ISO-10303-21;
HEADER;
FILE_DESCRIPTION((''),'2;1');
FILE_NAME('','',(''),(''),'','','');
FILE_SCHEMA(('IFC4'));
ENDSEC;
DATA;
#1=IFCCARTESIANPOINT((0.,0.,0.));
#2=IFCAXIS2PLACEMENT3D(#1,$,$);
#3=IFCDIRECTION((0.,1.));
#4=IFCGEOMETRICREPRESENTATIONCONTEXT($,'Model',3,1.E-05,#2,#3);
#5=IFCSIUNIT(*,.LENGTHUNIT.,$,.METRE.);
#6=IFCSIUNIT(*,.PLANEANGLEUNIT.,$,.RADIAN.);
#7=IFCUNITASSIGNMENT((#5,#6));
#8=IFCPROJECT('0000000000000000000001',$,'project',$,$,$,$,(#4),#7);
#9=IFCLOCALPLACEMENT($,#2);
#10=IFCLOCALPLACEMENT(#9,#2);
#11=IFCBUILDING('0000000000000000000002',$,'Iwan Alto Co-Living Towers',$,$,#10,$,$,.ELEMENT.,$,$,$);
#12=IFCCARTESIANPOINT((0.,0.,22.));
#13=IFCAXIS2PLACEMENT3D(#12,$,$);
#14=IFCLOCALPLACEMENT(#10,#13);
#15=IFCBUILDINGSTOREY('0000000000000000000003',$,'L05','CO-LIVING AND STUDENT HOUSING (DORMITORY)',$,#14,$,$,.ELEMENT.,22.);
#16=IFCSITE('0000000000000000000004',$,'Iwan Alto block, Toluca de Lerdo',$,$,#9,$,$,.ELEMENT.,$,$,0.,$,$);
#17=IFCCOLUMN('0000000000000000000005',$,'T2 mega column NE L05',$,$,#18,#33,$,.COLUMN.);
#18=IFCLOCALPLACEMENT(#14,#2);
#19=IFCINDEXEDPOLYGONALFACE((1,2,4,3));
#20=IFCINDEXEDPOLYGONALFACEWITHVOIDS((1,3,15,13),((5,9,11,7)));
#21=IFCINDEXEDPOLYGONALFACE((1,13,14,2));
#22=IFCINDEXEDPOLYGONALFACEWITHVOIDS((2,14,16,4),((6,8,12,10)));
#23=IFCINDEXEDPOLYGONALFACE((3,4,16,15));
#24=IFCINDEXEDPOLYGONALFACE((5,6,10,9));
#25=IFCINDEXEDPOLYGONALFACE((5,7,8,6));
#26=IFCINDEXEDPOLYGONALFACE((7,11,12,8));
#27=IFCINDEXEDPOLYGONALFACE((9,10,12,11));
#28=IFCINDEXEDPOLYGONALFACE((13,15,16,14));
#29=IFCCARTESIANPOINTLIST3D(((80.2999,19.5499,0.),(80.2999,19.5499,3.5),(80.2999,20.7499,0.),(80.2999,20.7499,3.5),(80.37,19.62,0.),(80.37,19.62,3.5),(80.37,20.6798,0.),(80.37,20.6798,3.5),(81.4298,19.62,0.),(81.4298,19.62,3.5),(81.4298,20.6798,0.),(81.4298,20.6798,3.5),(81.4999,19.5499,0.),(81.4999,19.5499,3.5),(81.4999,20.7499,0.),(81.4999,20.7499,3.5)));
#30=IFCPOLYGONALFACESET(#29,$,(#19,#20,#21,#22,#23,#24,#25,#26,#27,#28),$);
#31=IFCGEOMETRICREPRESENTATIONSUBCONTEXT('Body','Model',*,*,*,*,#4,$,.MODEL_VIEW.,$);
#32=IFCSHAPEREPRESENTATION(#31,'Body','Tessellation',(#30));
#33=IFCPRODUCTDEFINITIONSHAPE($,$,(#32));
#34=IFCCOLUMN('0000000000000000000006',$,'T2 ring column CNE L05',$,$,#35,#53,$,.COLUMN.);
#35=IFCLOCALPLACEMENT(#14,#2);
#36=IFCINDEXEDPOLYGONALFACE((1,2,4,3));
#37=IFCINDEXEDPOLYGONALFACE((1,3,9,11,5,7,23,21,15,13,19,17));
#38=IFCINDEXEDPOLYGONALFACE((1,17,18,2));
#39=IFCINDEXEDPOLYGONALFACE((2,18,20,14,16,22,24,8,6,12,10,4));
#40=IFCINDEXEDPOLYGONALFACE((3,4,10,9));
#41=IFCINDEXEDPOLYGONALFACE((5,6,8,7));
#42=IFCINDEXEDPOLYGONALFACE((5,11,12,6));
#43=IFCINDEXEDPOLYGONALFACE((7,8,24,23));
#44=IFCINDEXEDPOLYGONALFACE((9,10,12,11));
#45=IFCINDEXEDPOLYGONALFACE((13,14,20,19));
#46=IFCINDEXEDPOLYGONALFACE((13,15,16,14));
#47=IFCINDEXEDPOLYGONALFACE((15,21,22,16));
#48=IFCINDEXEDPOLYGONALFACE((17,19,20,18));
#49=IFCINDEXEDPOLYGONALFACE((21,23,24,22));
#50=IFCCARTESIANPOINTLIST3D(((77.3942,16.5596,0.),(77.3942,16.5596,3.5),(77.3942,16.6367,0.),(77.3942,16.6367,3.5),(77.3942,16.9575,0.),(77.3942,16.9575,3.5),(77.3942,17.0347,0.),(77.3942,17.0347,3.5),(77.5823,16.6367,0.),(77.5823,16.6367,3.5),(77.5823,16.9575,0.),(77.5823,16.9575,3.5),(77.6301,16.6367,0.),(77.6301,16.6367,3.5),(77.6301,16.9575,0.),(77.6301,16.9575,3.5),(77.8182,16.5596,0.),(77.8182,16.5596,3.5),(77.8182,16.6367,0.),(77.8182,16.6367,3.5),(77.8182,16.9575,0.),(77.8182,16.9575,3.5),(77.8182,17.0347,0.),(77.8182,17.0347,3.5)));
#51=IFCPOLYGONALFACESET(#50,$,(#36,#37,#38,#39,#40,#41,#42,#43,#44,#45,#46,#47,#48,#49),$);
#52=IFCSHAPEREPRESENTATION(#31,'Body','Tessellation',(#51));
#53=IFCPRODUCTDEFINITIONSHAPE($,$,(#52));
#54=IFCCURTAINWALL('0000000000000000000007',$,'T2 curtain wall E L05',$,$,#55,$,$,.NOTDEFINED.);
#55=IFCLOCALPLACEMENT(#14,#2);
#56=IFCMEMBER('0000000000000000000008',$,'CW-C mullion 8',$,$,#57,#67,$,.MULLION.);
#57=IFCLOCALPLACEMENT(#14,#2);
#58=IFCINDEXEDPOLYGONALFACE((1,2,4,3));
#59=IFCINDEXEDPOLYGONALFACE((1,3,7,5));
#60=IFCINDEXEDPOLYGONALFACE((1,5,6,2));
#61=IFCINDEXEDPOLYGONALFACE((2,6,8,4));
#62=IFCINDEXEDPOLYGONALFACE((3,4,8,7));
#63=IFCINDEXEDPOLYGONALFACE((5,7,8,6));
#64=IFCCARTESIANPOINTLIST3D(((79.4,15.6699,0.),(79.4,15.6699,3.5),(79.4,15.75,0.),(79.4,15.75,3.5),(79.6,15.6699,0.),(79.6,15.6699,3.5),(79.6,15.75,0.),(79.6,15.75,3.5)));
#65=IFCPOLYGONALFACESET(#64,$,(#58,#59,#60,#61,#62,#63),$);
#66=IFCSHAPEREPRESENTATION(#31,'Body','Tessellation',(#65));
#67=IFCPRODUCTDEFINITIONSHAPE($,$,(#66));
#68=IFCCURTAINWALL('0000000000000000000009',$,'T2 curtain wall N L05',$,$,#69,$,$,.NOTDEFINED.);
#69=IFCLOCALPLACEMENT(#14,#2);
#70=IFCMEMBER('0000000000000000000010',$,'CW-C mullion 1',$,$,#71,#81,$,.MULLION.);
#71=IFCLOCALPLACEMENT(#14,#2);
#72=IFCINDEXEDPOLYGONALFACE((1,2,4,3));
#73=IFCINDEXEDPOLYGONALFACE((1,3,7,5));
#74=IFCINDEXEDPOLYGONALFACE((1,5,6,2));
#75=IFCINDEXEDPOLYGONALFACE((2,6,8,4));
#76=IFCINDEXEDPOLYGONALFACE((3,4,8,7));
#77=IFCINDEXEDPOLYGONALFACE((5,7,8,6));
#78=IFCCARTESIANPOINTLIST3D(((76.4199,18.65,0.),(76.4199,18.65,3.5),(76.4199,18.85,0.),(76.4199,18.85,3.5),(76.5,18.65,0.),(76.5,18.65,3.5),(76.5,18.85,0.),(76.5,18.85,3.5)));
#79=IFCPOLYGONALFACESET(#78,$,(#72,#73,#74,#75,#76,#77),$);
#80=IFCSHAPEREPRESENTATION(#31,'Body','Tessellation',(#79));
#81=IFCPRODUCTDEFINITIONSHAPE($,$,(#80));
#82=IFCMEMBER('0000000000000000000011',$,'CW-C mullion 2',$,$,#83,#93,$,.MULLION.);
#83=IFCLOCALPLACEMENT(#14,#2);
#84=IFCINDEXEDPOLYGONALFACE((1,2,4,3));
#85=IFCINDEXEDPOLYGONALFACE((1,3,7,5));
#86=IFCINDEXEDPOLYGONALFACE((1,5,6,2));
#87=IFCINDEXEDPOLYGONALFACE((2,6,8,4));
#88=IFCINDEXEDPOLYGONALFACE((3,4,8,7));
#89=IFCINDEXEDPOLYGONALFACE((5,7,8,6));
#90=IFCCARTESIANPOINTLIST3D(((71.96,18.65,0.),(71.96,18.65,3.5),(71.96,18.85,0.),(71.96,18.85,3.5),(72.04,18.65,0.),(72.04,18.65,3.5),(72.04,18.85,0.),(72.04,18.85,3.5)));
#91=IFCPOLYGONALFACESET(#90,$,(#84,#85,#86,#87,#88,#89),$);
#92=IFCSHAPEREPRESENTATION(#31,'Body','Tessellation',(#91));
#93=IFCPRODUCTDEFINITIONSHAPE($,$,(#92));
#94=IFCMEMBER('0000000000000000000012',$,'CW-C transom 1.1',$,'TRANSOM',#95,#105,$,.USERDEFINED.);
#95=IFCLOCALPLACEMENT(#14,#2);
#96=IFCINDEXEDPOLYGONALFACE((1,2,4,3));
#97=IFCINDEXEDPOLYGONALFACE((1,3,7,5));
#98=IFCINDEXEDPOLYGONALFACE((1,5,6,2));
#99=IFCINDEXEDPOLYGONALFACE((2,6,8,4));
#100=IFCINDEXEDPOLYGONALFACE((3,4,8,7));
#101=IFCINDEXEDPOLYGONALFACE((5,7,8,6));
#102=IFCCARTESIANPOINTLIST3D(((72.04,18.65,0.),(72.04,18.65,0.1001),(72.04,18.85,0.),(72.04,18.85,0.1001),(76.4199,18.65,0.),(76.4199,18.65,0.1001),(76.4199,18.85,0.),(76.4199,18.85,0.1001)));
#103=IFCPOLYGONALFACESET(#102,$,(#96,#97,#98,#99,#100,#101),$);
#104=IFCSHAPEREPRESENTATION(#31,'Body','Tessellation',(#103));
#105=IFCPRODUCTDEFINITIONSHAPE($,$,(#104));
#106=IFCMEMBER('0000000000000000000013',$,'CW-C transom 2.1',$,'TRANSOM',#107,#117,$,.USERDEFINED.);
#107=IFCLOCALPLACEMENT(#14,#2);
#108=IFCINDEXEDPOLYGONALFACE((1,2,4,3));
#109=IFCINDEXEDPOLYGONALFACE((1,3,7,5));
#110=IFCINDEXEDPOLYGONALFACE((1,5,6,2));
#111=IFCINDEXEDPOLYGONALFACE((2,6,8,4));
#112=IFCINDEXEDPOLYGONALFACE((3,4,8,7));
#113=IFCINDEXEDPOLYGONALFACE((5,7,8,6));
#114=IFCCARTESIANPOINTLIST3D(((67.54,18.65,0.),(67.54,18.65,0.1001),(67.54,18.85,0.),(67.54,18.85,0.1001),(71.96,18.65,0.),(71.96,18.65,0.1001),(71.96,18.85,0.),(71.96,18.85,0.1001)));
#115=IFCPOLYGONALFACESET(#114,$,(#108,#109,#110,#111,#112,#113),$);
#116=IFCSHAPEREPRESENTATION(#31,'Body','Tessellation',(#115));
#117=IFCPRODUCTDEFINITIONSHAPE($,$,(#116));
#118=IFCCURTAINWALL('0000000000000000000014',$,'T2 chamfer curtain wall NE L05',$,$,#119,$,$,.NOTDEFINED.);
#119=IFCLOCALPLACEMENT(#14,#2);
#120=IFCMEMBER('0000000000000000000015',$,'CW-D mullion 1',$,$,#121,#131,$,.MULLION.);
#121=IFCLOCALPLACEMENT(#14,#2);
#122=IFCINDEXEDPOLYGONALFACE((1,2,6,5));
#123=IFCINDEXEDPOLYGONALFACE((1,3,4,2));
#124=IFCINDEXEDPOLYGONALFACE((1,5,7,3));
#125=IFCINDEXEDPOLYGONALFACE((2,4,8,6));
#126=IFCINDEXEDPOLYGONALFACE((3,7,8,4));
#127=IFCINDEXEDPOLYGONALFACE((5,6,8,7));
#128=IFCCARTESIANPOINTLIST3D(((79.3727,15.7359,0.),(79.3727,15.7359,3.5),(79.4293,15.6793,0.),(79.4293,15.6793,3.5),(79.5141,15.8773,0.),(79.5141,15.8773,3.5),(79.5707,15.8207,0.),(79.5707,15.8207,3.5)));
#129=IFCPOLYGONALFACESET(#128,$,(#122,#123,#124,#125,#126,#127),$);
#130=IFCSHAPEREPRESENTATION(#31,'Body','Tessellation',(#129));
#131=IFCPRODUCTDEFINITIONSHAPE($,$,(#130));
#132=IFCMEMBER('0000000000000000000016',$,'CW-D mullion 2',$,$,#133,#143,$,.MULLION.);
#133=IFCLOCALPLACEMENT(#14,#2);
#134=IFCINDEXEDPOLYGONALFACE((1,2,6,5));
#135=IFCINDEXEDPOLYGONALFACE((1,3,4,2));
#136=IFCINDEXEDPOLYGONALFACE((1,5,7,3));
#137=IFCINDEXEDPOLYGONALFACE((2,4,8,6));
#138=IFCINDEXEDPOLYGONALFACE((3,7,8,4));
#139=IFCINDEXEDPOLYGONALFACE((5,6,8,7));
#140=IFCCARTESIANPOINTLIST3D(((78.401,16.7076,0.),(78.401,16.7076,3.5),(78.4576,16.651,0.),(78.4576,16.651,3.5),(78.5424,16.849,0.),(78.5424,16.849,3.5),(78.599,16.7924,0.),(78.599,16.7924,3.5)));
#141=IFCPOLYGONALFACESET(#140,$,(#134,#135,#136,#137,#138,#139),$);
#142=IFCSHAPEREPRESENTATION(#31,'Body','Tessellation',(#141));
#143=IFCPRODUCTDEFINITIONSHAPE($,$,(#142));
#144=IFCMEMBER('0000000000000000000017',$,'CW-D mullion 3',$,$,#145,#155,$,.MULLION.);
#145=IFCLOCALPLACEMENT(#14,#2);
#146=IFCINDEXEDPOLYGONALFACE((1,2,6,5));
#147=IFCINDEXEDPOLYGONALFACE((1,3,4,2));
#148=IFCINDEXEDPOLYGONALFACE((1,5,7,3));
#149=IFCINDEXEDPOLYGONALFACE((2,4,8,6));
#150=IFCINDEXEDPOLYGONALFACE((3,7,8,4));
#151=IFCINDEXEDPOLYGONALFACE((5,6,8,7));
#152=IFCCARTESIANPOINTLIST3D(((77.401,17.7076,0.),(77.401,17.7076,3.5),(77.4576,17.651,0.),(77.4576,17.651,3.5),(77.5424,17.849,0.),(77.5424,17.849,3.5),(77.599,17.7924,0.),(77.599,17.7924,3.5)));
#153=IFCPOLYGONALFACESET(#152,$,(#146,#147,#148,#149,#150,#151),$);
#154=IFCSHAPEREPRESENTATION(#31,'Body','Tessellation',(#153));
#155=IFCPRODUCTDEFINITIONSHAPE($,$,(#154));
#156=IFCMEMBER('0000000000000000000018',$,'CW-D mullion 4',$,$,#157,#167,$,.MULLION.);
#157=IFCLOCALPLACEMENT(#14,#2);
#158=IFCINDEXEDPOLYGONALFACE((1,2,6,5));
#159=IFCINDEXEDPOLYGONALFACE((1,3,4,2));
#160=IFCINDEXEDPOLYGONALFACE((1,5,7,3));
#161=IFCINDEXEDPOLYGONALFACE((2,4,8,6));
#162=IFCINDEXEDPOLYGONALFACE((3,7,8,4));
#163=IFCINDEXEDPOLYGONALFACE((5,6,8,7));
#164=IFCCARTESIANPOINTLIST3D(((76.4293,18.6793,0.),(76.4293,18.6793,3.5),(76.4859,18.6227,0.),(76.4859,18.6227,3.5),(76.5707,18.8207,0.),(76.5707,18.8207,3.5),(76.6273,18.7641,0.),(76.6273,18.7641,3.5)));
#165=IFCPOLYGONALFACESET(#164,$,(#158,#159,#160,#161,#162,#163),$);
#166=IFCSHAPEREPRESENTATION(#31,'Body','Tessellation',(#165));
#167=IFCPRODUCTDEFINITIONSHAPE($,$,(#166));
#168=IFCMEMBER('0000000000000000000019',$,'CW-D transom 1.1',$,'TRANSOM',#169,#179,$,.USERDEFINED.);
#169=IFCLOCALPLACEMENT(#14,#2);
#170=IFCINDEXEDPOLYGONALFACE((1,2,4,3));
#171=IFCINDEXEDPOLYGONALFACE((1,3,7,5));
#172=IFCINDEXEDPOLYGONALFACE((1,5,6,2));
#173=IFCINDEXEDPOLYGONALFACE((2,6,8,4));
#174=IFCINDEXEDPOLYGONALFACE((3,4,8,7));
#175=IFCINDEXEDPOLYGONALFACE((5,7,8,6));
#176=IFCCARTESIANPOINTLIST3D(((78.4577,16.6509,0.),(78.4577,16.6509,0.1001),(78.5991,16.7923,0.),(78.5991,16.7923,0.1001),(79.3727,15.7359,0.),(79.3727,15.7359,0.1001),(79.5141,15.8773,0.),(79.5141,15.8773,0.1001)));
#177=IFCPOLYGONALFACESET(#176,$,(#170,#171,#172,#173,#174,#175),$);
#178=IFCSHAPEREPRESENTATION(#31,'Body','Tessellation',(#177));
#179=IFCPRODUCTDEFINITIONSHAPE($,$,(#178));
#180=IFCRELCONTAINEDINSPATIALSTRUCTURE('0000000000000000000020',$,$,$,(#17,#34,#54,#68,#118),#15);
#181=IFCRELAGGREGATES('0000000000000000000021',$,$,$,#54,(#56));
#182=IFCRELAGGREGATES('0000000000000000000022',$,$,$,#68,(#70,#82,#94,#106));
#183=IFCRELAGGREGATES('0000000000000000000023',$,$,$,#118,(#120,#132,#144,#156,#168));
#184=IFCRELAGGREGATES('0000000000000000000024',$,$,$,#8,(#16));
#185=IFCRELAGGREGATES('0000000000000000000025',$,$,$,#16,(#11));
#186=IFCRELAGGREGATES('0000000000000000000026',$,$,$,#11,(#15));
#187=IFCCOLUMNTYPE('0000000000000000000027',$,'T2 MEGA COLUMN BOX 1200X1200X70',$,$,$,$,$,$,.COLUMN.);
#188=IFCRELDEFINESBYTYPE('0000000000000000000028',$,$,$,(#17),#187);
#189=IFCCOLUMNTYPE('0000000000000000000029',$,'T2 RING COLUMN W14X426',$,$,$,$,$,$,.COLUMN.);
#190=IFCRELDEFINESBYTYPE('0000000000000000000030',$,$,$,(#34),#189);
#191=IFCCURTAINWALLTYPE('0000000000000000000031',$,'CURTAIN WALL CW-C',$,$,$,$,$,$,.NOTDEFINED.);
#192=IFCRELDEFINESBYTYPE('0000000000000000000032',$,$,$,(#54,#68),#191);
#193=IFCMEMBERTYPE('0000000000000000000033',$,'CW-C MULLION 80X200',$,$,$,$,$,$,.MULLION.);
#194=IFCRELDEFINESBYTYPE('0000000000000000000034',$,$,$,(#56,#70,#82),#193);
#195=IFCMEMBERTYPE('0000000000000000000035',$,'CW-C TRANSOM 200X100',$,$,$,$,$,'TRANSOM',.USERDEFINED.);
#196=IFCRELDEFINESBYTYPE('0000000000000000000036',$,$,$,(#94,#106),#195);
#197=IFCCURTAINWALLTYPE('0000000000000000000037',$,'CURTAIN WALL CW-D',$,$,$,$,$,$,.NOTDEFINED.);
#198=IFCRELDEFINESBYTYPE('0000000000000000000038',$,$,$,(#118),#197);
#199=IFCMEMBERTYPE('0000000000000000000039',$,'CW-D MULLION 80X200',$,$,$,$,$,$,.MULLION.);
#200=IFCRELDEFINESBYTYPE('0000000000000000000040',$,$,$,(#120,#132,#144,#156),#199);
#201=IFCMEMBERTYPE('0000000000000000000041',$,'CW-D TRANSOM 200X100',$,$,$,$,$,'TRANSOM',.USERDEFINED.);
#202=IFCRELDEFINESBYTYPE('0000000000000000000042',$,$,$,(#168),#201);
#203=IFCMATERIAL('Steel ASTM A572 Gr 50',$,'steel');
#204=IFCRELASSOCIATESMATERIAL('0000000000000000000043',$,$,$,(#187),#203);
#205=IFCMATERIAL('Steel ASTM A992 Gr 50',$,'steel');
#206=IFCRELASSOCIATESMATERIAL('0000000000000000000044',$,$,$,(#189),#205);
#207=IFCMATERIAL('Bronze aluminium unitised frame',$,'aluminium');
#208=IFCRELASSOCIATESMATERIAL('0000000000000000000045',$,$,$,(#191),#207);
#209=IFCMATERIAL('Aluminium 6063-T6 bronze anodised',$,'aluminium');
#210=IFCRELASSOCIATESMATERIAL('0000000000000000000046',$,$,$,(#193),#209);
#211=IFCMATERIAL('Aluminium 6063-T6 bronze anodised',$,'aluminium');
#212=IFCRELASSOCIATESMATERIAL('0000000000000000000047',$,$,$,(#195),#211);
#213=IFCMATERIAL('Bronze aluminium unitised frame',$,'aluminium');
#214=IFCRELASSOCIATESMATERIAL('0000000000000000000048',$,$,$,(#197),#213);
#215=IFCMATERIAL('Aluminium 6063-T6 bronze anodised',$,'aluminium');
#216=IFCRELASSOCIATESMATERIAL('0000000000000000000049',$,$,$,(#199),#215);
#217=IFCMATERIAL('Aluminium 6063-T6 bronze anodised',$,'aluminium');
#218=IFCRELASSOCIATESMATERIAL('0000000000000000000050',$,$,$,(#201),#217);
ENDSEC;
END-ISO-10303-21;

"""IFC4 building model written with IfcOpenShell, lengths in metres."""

from ifc_helpers import new_model, si_unit, direction, frame, origin, origin_2d, place, context, subcontext, project, spatial, rectangle, hollow_rectangle, i_section, extrude, material, material_profile, profile_set, type_object, element, aggregate, save


model = new_model("IFC4")

# Units and contexts
model_context = context("Model", 3, precision=1e-05, world=origin(), true_north=direction((0.0, 1.0)))
body_context = subcontext(model_context, "Body", "Model", "MODEL_VIEW")
ifc_project = project(units=[si_unit("LENGTHUNIT", "METRE"), si_unit("PLANEANGLEUNIT", "RADIAN")], contexts=[model_context])

# Site, building, storey
site_placement = place(None, origin())
site = spatial("IfcSite", under=ifc_project, at=site_placement, Name="Iwan Alto block, Toluca de Lerdo", CompositionType="ELEMENT", RefElevation=0.0)
building_placement = place(site_placement, origin())
building = spatial("IfcBuilding", under=site, at=building_placement, Name="Iwan Alto Co-Living Towers", CompositionType="ELEMENT")
storey_placement = place(building_placement, frame((0.0, 0.0, 22.0)))
storey = spatial("IfcBuildingStorey", under=building, at=storey_placement, Name="L05", Description="CO-LIVING AND STUDENT HOUSING (DORMITORY)", CompositionType="ELEMENT", Elevation=22.0)

# Columns
ifc_material_1 = material(Name="Steel ASTM A572 Gr 50", Category="steel")
ifc_material_profile_1 = material_profile(ifc_material_1, hollow_rectangle(XDim=1.2, YDim=1.2, WallThickness=0.0701, at=origin_2d()), Name="BOX 1200X1200X70")
ifc_profile_set_1 = profile_set([ifc_material_profile_1], Name="Steel ASTM A572 Gr 50")
column_type_1 = type_object("IfcColumnType", Name="T2 MEGA COLUMN BOX 1200X1200X70", PredefinedType="COLUMN", material=ifc_profile_set_1)
column_1_placement = place(storey_placement, frame((80.8999, 20.1499, 0.0), z_axis=(0.0, 0.0, 1.0), x_axis=(1.0, 0.0, 0.0)))
element("IfcColumn", 1, at=column_1_placement, inside=storey, type_object=column_type_1, Name="T2 mega column NE L05", PredefinedType="COLUMN", context=body_context, shape_type="SweptSolid", body=[
    extrude(hollow_rectangle(XDim=1.2, YDim=1.2, WallThickness=0.0701, at=origin_2d()), origin(), (0.0, 0.0, 1.0), 3.5),
])
ifc_material_2 = material(Name="Steel ASTM A992 Gr 50", Category="steel")
ifc_material_profile_2 = material_profile(ifc_material_2, i_section(OverallWidth=0.4241, OverallDepth=0.4751, WebThickness=0.0479, FlangeThickness=0.0771, at=origin_2d()), Name="W14X426")
ifc_profile_set_2 = profile_set([ifc_material_profile_2], Name="Steel ASTM A992 Gr 50")
column_type_2 = type_object("IfcColumnType", Name="T2 RING COLUMN W14X426", PredefinedType="COLUMN", material=ifc_profile_set_2)
column_2_placement = place(storey_placement, frame((77.6062, 16.7971, 0.0), z_axis=(0.0, 0.0, 1.0), x_axis=(1.0, 0.0, 0.0)))
element("IfcColumn", 2, at=column_2_placement, inside=storey, type_object=column_type_2, Name="T2 ring column CNE L05", PredefinedType="COLUMN", context=body_context, shape_type="SweptSolid", body=[
    extrude(i_section(OverallWidth=0.4241, OverallDepth=0.4751, WebThickness=0.0479, FlangeThickness=0.0771, at=origin_2d()), origin(), (0.0, 0.0, 1.0), 3.5),
])

# Curtain wall, member
ifc_material_3 = material(Name="Bronze aluminium unitised frame", Category="aluminium")
curtain_wall_type_1 = type_object("IfcCurtainWallType", Name="CURTAIN WALL CW-C", PredefinedType="NOTDEFINED", material=ifc_material_3)
curtain_wall_1_placement = place(storey_placement, origin())
curtain_wall_1 = element("IfcCurtainWall", 3, at=curtain_wall_1_placement, inside=storey, type_object=curtain_wall_type_1, Name="T2 curtain wall E L05", PredefinedType="NOTDEFINED")
ifc_material_4 = material(Name="Aluminium 6063-T6 bronze anodised", Category="aluminium")
ifc_material_profile_3 = material_profile(ifc_material_4, rectangle(XDim=0.2, YDim=0.0801, at=origin_2d()), Name="AL 80X200")
ifc_profile_set_3 = profile_set([ifc_material_profile_3], Name="Aluminium 6063-T6 bronze anodised")
member_type_1 = type_object("IfcMemberType", Name="CW-C MULLION 80X200", PredefinedType="MULLION", material=ifc_profile_set_3)
member_1_placement = place(storey_placement, frame((79.5, 15.71, 0.0), z_axis=(0.0, 0.0, 1.0), x_axis=(-1.0, 0.0, 0.0)))
member_1 = element("IfcMember", 4, at=member_1_placement, type_object=member_type_1, Name="CW-C mullion 8", PredefinedType="MULLION", context=body_context, shape_type="SweptSolid", body=[
    extrude(rectangle(XDim=0.2, YDim=0.0801, at=origin_2d()), origin(), (0.0, 0.0, 1.0), 3.5),
])
aggregate(curtain_wall_1, [member_1])

# Curtain walls, members
curtain_wall_2_placement = place(storey_placement, origin())
curtain_wall_2 = element("IfcCurtainWall", 5, at=curtain_wall_2_placement, inside=storey, type_object=curtain_wall_type_1, Name="T2 curtain wall N L05", PredefinedType="NOTDEFINED")
member_2_placement = place(storey_placement, frame((76.46, 18.75, 0.0), z_axis=(0.0, 0.0, 1.0), x_axis=(0.0, -1.0, 0.0)))
member_2 = element("IfcMember", 6, at=member_2_placement, type_object=member_type_1, Name="CW-C mullion 1", PredefinedType="MULLION", context=body_context, shape_type="SweptSolid", body=[
    extrude(rectangle(XDim=0.2, YDim=0.0801, at=origin_2d()), origin(), (0.0, 0.0, 1.0), 3.5),
])
member_3_placement = place(storey_placement, frame((72.0, 18.75, 0.0), z_axis=(0.0, 0.0, 1.0), x_axis=(0.0, -1.0, 0.0)))
member_3 = element("IfcMember", 7, at=member_3_placement, type_object=member_type_1, Name="CW-C mullion 2", PredefinedType="MULLION", context=body_context, shape_type="SweptSolid", body=[
    extrude(rectangle(XDim=0.2, YDim=0.0801, at=origin_2d()), origin(), (0.0, 0.0, 1.0), 3.5),
])
ifc_material_5 = material(Name="Aluminium 6063-T6 bronze anodised", Category="aluminium")
ifc_material_profile_4 = material_profile(ifc_material_5, rectangle(XDim=0.2, YDim=0.1001, at=origin_2d()), Name="AL 200X100")
ifc_profile_set_4 = profile_set([ifc_material_profile_4], Name="Aluminium 6063-T6 bronze anodised")
member_type_2 = type_object("IfcMemberType", Name="CW-C TRANSOM 200X100", ElementType="TRANSOM", PredefinedType="USERDEFINED", material=ifc_profile_set_4)
member_4_placement = place(storey_placement, frame((76.4199, 18.75, 0.05), z_axis=(-1.0, 0.0, 0.0), x_axis=(0.0, -1.0, 0.0)))
member_4 = element("IfcMember", 8, at=member_4_placement, type_object=member_type_2, Name="CW-C transom 1.1", ObjectType="TRANSOM", PredefinedType="USERDEFINED", context=body_context, shape_type="SweptSolid", body=[
    extrude(rectangle(XDim=0.2, YDim=0.1001, at=origin_2d()), origin(), (0.0, 0.0, 1.0), 4.3799),
])
member_5_placement = place(storey_placement, frame((71.96, 18.75, 0.05), z_axis=(-1.0, 0.0, 0.0), x_axis=(0.0, -1.0, 0.0)))
member_5 = element("IfcMember", 9, at=member_5_placement, type_object=member_type_2, Name="CW-C transom 2.1", ObjectType="TRANSOM", PredefinedType="USERDEFINED", context=body_context, shape_type="SweptSolid", body=[
    extrude(rectangle(XDim=0.2, YDim=0.1001, at=origin_2d()), origin(), (0.0, 0.0, 1.0), 4.4199),
])
ifc_material_6 = material(Name="Bronze aluminium unitised frame", Category="aluminium")
curtain_wall_type_2 = type_object("IfcCurtainWallType", Name="CURTAIN WALL CW-D", PredefinedType="NOTDEFINED", material=ifc_material_6)
curtain_wall_3_placement = place(storey_placement, origin())
curtain_wall_3 = element("IfcCurtainWall", 10, at=curtain_wall_3_placement, inside=storey, type_object=curtain_wall_type_2, Name="T2 chamfer curtain wall NE L05", PredefinedType="NOTDEFINED")
ifc_material_7 = material(Name="Aluminium 6063-T6 bronze anodised", Category="aluminium")
ifc_material_profile_5 = material_profile(ifc_material_7, rectangle(XDim=0.2, YDim=0.0801, at=origin_2d()), Name="AL 80X200")
ifc_profile_set_5 = profile_set([ifc_material_profile_5], Name="Aluminium 6063-T6 bronze anodised")
member_type_3 = type_object("IfcMemberType", Name="CW-D MULLION 80X200", PredefinedType="MULLION", material=ifc_profile_set_5)
member_6_placement = place(storey_placement, frame((79.4717, 15.7783, 0.0), z_axis=(0.0, 0.0, 1.0), x_axis=(-0.707107, -0.707107, 0.0)))
member_6 = element("IfcMember", 11, at=member_6_placement, type_object=member_type_3, Name="CW-D mullion 1", PredefinedType="MULLION", context=body_context, shape_type="SweptSolid", body=[
    extrude(rectangle(XDim=0.2, YDim=0.0801, at=origin_2d()), origin(), (0.0, 0.0, 1.0), 3.5),
])
member_7_placement = place(storey_placement, frame((78.5, 16.75, 0.0), z_axis=(0.0, 0.0, 1.0), x_axis=(-0.707107, -0.707107, 0.0)))
member_7 = element("IfcMember", 12, at=member_7_placement, type_object=member_type_3, Name="CW-D mullion 2", PredefinedType="MULLION", context=body_context, shape_type="SweptSolid", body=[
    extrude(rectangle(XDim=0.2, YDim=0.0801, at=origin_2d()), origin(), (0.0, 0.0, 1.0), 3.5),
])
member_8_placement = place(storey_placement, frame((77.5, 17.75, 0.0), z_axis=(0.0, 0.0, 1.0), x_axis=(-0.707107, -0.707107, 0.0)))
member_8 = element("IfcMember", 13, at=member_8_placement, type_object=member_type_3, Name="CW-D mullion 3", PredefinedType="MULLION", context=body_context, shape_type="SweptSolid", body=[
    extrude(rectangle(XDim=0.2, YDim=0.0801, at=origin_2d()), origin(), (0.0, 0.0, 1.0), 3.5),
])
member_9_placement = place(storey_placement, frame((76.5283, 18.7217, 0.0), z_axis=(0.0, 0.0, 1.0), x_axis=(-0.707107, -0.707107, 0.0)))
member_9 = element("IfcMember", 14, at=member_9_placement, type_object=member_type_3, Name="CW-D mullion 4", PredefinedType="MULLION", context=body_context, shape_type="SweptSolid", body=[
    extrude(rectangle(XDim=0.2, YDim=0.0801, at=origin_2d()), origin(), (0.0, 0.0, 1.0), 3.5),
])
ifc_material_8 = material(Name="Aluminium 6063-T6 bronze anodised", Category="aluminium")
ifc_material_profile_6 = material_profile(ifc_material_8, rectangle(XDim=0.2, YDim=0.1001, at=origin_2d()), Name="AL 200X100")
ifc_profile_set_6 = profile_set([ifc_material_profile_6], Name="Aluminium 6063-T6 bronze anodised")
member_type_4 = type_object("IfcMemberType", Name="CW-D TRANSOM 200X100", ElementType="TRANSOM", PredefinedType="USERDEFINED", material=ifc_profile_set_6)
member_10_placement = place(storey_placement, frame((79.4434, 15.8066, 0.05), z_axis=(-0.707107, 0.707107, 0.0), x_axis=(-0.707107, -0.707107, 0.0)))
member_10 = element("IfcMember", 15, at=member_10_placement, type_object=member_type_4, Name="CW-D transom 1.1", ObjectType="TRANSOM", PredefinedType="USERDEFINED", context=body_context, shape_type="SweptSolid", body=[
    extrude(rectangle(XDim=0.2, YDim=0.1001, at=origin_2d()), origin(), (0.0, 0.0, 1.0), 1.2939),
])

aggregate(curtain_wall_2, [member_2, member_3, member_4, member_5])
aggregate(curtain_wall_3, [member_6, member_7, member_8, member_9, member_10])

save(model, "model.ifc")
